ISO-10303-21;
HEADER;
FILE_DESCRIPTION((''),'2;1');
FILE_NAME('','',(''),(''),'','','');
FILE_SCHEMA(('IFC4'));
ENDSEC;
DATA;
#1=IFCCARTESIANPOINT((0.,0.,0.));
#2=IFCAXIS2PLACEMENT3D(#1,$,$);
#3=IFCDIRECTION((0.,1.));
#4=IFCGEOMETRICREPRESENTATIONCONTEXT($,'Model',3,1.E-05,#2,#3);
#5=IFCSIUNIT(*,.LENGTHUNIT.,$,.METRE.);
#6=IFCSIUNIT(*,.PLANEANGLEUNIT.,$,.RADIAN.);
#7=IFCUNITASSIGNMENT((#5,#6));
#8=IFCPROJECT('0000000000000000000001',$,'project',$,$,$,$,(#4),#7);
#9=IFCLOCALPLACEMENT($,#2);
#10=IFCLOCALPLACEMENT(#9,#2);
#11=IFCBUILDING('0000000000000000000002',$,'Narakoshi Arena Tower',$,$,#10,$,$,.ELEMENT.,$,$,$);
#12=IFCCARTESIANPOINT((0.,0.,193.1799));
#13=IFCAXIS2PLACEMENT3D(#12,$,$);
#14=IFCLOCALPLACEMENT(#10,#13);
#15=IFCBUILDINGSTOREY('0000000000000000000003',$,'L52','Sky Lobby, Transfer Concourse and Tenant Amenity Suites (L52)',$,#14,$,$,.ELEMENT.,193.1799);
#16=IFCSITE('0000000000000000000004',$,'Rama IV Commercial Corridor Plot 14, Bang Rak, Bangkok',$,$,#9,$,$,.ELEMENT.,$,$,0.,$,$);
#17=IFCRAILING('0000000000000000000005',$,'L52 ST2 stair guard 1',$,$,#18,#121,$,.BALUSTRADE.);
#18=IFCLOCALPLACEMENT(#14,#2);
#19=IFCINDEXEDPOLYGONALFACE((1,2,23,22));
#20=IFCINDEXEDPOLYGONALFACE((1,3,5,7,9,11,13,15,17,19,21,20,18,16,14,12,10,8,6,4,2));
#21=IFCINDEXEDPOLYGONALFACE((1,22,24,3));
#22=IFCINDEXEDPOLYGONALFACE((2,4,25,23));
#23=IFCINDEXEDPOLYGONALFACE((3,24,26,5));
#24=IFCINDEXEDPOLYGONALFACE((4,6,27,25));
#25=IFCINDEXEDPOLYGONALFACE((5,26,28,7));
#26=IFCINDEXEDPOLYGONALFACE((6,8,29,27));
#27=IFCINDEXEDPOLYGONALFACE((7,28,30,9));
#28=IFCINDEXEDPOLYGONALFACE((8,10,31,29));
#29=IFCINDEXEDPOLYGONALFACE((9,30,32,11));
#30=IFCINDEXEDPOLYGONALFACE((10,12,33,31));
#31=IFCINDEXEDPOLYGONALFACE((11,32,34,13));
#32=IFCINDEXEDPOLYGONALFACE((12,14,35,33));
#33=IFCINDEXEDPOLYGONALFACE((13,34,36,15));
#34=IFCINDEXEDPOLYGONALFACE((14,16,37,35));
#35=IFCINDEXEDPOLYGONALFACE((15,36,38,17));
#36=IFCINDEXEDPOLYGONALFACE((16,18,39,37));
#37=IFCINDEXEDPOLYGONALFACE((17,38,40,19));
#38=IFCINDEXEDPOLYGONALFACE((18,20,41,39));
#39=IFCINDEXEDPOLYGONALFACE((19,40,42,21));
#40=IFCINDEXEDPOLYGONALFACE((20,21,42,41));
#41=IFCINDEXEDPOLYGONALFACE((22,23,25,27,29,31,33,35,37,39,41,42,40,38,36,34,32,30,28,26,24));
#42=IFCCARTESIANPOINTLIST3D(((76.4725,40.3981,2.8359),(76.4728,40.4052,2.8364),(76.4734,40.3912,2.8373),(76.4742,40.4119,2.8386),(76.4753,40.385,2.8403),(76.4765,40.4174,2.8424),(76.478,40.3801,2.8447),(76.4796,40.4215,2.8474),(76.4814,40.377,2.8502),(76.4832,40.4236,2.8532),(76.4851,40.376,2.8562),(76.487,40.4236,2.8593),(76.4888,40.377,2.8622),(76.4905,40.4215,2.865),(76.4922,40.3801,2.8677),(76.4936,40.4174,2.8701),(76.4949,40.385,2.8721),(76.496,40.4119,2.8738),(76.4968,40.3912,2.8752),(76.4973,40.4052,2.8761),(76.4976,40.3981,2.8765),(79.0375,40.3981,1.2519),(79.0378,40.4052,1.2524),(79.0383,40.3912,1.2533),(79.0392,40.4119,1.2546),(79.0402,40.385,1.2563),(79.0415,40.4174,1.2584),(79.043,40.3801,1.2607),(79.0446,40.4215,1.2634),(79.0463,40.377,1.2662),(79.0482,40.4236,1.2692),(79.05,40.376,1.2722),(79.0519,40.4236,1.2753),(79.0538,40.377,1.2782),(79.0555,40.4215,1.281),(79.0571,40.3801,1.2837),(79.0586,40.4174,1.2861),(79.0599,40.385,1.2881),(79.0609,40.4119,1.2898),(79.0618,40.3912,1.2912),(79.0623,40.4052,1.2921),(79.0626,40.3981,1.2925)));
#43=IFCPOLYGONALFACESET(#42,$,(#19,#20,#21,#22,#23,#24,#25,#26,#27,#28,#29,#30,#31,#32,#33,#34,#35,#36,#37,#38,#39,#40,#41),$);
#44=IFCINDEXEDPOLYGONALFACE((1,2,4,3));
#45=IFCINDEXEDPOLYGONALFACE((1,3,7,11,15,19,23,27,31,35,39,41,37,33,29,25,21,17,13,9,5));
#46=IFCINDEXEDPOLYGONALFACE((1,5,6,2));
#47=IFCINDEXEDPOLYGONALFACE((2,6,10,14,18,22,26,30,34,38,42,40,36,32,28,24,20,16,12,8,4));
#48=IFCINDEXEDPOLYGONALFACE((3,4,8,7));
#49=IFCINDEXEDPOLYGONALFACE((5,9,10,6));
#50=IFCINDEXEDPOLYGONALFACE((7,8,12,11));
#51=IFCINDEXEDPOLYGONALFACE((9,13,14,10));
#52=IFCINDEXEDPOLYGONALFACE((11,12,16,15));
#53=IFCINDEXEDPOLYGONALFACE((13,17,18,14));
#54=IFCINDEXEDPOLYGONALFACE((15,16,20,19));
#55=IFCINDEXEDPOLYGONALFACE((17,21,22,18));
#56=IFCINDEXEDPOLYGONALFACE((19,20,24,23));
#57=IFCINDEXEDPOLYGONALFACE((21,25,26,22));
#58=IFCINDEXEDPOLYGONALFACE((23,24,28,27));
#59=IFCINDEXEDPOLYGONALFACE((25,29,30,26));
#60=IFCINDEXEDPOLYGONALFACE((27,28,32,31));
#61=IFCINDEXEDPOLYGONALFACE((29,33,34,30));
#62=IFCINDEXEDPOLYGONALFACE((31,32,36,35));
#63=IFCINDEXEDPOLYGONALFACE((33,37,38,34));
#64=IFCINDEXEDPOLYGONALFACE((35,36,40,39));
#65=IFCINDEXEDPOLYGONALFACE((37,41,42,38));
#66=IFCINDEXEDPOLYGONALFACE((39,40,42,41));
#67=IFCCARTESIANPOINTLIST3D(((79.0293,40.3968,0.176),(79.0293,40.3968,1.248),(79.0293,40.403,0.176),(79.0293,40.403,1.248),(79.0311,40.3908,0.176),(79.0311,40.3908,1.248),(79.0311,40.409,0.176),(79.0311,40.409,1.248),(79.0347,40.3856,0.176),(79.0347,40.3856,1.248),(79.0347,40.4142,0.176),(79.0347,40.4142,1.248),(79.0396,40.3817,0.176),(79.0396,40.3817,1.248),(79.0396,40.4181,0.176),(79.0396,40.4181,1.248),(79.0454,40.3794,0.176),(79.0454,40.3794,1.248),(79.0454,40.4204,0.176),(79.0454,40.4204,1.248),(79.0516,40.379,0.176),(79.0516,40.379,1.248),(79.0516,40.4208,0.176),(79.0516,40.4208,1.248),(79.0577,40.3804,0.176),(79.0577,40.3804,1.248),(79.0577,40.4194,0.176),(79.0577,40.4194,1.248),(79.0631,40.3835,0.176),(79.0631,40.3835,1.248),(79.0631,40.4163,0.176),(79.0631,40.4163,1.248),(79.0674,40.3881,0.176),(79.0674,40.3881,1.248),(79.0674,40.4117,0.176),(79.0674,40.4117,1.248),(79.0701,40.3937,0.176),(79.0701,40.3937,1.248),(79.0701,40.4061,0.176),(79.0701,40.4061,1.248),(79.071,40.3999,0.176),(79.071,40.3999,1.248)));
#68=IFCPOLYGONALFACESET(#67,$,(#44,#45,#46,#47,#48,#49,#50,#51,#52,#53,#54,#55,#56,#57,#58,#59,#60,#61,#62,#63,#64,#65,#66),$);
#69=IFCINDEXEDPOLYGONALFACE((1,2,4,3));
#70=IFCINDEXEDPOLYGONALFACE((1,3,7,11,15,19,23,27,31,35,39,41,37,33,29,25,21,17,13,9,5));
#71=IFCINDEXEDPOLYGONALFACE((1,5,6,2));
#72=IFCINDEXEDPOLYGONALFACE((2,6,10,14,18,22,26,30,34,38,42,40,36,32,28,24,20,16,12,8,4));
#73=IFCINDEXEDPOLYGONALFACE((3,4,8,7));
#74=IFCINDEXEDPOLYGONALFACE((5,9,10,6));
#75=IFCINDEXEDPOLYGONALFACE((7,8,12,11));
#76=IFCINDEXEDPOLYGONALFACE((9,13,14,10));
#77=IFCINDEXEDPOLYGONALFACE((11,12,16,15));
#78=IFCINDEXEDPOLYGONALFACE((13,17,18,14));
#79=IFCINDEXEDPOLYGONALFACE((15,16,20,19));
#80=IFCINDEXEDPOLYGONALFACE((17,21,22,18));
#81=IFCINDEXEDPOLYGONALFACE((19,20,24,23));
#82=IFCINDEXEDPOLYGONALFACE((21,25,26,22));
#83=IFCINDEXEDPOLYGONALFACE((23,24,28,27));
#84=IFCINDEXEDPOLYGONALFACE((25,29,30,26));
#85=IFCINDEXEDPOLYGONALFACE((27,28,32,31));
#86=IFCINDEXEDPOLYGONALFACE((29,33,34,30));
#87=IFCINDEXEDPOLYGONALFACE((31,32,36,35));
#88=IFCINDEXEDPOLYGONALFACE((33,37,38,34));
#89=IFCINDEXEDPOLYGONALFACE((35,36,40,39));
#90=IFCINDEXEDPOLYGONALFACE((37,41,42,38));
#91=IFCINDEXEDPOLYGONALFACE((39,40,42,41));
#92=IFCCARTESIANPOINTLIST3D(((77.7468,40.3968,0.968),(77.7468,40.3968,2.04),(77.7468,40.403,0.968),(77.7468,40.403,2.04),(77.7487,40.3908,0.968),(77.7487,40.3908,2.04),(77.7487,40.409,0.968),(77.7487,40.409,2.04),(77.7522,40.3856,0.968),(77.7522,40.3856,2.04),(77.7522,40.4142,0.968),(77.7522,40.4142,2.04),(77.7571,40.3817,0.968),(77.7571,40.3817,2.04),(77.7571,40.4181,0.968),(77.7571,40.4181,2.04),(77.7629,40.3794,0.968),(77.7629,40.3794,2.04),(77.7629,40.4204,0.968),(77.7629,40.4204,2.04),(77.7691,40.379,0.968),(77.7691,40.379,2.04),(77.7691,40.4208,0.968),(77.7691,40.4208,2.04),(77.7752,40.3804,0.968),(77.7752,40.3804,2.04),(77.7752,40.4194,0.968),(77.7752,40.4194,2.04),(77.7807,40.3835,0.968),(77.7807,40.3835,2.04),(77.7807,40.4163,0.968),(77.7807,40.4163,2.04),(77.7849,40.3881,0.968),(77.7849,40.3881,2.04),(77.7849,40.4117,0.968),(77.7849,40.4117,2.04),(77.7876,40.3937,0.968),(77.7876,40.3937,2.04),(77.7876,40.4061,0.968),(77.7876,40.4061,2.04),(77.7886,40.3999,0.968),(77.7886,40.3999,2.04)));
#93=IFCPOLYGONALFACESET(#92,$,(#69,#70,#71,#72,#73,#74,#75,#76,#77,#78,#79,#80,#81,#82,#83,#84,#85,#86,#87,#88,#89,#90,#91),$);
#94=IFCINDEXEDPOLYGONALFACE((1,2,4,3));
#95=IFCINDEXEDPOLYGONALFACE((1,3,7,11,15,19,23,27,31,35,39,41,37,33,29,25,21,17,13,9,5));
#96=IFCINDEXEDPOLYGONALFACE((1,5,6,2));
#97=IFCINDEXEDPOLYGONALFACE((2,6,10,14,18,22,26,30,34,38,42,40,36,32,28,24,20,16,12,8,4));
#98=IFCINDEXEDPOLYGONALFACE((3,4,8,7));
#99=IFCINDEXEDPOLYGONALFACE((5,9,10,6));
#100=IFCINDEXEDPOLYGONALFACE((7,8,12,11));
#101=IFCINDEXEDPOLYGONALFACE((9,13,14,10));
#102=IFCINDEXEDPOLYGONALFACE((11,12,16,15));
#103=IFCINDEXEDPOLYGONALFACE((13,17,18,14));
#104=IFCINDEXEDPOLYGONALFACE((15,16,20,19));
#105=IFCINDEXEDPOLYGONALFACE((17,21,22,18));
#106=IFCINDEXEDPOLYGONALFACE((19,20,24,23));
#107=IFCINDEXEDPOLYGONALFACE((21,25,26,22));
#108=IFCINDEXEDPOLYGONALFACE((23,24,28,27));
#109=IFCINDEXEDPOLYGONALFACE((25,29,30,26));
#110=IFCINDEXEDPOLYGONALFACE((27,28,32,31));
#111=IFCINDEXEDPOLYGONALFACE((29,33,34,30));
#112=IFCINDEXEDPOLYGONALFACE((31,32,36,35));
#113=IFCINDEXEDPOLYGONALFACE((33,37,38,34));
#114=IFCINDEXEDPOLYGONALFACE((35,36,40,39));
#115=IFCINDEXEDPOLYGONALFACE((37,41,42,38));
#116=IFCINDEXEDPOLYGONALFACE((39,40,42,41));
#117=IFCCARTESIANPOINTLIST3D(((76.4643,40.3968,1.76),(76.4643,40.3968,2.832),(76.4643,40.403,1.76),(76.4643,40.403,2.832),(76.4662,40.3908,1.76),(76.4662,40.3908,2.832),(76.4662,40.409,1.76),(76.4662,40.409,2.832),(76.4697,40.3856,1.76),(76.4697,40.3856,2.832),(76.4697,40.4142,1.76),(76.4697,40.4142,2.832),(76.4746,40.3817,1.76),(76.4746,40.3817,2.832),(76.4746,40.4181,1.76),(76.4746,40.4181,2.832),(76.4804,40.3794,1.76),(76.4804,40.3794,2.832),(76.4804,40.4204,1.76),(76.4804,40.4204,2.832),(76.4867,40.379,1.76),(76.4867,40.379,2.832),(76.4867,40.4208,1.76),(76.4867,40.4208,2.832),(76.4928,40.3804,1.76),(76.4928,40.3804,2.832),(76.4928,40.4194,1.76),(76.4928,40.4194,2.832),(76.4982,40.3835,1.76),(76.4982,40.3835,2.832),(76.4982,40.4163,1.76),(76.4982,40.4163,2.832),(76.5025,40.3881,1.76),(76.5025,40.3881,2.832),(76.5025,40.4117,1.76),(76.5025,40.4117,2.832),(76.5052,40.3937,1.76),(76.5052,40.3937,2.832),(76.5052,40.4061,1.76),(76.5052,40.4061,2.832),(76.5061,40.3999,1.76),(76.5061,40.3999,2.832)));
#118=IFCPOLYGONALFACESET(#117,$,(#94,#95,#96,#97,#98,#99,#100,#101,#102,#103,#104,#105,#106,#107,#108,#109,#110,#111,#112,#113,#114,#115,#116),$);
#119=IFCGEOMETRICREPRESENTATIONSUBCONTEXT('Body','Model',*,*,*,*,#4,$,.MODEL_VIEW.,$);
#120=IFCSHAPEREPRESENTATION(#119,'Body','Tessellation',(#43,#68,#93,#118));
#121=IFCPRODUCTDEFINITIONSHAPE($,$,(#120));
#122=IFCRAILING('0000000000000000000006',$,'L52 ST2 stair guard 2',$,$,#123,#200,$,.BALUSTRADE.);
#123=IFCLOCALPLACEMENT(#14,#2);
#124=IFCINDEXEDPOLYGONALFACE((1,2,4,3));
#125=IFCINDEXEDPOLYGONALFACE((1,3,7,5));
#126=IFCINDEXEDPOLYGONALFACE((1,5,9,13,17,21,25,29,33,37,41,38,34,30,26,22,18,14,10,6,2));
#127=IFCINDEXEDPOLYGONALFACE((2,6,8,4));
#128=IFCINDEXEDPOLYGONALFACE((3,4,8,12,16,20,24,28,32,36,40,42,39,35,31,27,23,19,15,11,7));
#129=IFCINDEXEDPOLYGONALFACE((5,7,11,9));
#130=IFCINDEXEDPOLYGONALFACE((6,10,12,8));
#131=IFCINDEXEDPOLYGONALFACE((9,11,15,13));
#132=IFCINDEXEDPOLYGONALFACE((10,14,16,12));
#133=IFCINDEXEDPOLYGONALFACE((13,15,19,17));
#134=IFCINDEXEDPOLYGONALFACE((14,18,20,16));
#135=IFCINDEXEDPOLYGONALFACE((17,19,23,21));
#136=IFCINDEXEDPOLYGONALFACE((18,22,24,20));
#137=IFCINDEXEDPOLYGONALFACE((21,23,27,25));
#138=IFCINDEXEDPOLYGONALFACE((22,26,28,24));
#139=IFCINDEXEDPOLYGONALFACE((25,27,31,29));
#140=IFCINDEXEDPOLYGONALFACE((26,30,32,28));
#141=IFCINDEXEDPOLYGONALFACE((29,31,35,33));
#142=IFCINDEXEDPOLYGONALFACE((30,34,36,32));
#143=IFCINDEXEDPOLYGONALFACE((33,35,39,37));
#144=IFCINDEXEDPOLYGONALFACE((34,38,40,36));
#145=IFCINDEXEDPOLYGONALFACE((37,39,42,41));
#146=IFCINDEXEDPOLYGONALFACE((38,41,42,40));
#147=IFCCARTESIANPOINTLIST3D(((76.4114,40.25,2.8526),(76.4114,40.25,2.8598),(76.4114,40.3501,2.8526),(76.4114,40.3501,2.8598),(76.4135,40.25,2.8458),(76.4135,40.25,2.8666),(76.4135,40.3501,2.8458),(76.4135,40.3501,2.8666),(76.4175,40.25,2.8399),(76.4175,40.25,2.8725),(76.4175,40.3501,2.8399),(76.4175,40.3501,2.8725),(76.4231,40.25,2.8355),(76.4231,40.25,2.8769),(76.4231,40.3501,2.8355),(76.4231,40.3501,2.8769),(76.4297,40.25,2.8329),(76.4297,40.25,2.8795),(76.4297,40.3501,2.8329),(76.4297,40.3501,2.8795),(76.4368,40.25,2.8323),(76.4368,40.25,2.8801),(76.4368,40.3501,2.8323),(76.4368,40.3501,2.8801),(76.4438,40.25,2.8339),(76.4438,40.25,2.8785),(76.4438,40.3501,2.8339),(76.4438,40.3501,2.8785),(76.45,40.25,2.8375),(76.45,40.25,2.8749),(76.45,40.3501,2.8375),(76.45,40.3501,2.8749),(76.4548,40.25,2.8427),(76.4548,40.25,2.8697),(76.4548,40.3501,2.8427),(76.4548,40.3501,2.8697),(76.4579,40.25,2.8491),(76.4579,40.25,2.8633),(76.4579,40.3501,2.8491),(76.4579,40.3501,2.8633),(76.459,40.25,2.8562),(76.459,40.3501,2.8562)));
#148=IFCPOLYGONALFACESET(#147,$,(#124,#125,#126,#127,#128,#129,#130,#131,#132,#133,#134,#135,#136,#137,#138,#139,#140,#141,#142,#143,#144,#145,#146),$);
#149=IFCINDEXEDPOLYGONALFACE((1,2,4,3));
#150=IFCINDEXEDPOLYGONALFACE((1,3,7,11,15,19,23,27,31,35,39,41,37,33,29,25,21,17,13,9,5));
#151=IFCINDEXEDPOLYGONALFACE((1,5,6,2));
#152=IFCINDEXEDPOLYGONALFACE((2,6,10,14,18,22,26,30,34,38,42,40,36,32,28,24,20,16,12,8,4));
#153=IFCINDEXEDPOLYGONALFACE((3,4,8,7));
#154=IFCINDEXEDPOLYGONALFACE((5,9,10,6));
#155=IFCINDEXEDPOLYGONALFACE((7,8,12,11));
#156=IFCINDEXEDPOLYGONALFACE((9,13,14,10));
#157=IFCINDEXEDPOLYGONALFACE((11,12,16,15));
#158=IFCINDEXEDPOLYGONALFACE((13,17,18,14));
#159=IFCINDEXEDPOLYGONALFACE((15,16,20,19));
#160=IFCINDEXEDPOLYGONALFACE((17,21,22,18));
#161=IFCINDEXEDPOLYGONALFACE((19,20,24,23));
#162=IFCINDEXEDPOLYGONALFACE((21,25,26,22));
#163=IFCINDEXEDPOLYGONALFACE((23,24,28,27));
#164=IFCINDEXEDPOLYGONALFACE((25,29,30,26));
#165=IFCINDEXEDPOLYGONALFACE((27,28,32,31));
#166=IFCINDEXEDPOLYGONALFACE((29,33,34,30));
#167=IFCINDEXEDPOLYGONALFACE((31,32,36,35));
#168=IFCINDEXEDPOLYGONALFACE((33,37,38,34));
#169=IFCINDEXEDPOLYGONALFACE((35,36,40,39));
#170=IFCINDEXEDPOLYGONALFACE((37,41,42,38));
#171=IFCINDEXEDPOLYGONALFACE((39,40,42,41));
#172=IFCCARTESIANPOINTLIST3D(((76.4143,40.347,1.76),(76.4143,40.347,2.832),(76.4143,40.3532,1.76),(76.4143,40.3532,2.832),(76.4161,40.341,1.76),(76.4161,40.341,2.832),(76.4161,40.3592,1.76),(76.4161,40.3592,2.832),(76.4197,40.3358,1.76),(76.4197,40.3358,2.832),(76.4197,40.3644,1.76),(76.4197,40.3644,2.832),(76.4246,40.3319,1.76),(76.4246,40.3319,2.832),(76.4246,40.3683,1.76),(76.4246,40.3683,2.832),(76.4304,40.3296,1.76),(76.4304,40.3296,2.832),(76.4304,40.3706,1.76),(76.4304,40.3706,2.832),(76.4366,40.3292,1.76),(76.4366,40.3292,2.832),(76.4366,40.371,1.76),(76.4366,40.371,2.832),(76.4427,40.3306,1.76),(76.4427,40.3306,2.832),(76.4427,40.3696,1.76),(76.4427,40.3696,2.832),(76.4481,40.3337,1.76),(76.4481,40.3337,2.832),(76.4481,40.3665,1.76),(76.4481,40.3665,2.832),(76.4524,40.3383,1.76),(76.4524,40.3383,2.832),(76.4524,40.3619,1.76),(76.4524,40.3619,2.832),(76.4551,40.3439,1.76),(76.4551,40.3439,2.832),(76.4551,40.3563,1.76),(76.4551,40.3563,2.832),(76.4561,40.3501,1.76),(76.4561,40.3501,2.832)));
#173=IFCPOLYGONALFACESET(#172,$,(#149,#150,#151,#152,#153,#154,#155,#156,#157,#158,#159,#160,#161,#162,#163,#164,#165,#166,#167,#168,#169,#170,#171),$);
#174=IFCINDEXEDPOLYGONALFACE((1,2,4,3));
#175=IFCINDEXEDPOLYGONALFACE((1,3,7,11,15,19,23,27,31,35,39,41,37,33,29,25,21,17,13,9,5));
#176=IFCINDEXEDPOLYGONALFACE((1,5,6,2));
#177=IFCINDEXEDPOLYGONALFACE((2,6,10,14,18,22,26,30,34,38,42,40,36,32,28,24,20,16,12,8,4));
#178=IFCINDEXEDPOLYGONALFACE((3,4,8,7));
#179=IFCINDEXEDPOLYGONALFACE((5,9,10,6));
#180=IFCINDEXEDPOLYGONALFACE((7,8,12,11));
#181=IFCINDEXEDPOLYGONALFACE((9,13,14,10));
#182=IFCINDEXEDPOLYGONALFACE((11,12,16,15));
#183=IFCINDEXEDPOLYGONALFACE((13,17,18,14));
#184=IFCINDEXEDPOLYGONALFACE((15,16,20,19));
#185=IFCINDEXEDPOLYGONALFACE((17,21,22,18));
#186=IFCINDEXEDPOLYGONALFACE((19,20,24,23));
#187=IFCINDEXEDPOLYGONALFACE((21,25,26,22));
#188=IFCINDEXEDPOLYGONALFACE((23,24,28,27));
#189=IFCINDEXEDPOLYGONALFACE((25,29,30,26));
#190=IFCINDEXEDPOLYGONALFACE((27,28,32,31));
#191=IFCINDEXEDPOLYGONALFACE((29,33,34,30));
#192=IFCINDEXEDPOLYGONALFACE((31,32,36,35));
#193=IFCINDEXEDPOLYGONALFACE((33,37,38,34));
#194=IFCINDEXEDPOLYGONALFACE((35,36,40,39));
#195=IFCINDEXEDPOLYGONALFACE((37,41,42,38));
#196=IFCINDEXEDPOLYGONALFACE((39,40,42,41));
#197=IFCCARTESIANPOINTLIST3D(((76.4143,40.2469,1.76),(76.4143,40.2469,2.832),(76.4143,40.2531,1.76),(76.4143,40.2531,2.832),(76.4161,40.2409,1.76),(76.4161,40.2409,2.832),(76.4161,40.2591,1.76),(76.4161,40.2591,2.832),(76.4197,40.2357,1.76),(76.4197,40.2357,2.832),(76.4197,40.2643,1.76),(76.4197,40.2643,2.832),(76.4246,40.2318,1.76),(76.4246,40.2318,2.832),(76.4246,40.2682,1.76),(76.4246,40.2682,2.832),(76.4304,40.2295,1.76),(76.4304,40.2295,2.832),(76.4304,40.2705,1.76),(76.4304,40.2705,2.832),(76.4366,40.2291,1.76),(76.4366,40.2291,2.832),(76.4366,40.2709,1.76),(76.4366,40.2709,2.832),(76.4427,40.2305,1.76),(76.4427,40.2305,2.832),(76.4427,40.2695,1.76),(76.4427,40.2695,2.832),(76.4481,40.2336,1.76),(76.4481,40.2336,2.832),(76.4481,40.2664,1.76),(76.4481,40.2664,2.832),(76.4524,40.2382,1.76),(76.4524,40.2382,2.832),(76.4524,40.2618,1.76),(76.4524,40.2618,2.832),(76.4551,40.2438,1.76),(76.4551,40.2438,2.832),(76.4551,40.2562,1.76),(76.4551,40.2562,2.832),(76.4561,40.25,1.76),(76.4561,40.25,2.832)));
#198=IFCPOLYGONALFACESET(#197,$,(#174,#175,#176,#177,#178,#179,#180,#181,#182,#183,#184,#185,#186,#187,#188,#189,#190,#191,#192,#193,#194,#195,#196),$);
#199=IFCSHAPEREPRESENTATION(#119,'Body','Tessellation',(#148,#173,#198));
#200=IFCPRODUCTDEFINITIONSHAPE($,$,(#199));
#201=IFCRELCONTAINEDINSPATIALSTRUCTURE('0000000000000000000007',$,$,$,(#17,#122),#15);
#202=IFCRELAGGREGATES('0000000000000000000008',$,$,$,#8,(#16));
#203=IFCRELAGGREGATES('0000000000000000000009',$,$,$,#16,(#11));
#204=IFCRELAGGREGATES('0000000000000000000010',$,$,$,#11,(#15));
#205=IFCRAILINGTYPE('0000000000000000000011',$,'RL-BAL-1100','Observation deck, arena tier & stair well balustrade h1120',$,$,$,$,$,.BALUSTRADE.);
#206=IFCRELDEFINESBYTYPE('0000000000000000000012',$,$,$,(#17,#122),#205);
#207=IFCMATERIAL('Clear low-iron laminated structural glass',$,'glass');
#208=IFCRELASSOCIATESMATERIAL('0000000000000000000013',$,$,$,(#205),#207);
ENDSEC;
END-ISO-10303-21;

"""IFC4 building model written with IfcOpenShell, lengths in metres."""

from ifc_helpers import new_model, si_unit, direction, frame, origin, origin_2d, place, context, subcontext, project, spatial, circle, extrude, material, type_object, element, save


model = new_model("IFC4")

# Units and contexts
model_context = context("Model", 3, precision=1e-05, world=origin(), true_north=direction((0.0, 1.0)))
body_context = subcontext(model_context, "Body", "Model", "MODEL_VIEW")
ifc_project = project(units=[si_unit("LENGTHUNIT", "METRE"), si_unit("PLANEANGLEUNIT", "RADIAN")], contexts=[model_context])

# Site, building, storey
site_placement = place(None, origin())
site = spatial("IfcSite", under=ifc_project, at=site_placement, Name="Rama IV Commercial Corridor Plot 14, Bang Rak, Bangkok", CompositionType="ELEMENT", RefElevation=0.0)
building_placement = place(site_placement, origin())
building = spatial("IfcBuilding", under=site, at=building_placement, Name="Narakoshi Arena Tower", CompositionType="ELEMENT")
storey_placement = place(building_placement, frame((0.0, 0.0, 193.1799)))
storey = spatial("IfcBuildingStorey", under=building, at=storey_placement, Name="L52", Description="Sky Lobby, Transfer Concourse and Tenant Amenity Suites (L52)", CompositionType="ELEMENT", Elevation=193.1799)

# Railings
ifc_material_1 = material(Name="Clear low-iron laminated structural glass", Category="glass")
railing_type_1 = type_object("IfcRailingType", Name="RL-BAL-1100", Description="Observation deck, arena tier & stair well balustrade h1120", PredefinedType="BALUSTRADE", material=ifc_material_1)
railing_1_placement = place(storey_placement, frame((79.05, 40.3999, 0.176)))
element("IfcRailing", 1, at=railing_1_placement, inside=storey, type_object=railing_type_1, Name="L52 ST2 stair guard 1", PredefinedType="BALUSTRADE", context=body_context, shape_type="SweptSolid", body=[
    extrude(circle(Radius=0.0239, at=origin_2d()), frame((0.0, 0.0, 1.0962), z_axis=(-0.850834, 0.0, 0.525434), x_axis=(0.0, -1.0, 0.0)), (0.0, 0.0, 1.0), 3.0146),
    extrude(circle(Radius=0.021, at=origin_2d()), origin(), (0.0, 0.0, 1.0), 1.072),
    extrude(circle(Radius=0.021, at=origin_2d()), frame((-1.2825, 0.0, 0.792)), (0.0, 0.0, 1.0), 1.072),
    extrude(circle(Radius=0.021, at=origin_2d()), frame((-2.5649, 0.0, 1.584)), (0.0, 0.0, 1.0), 1.072),
])
railing_2_placement = place(storey_placement, frame((76.4351, 40.3501, 1.76)))
element("IfcRailing", 2, at=railing_2_placement, inside=storey, type_object=railing_type_1, Name="L52 ST2 stair guard 2", PredefinedType="BALUSTRADE", context=body_context, shape_type="SweptSolid", body=[
    extrude(circle(Radius=0.0239, at=origin_2d()), frame((0.0, 0.0, 1.0962), z_axis=(0.0, -1.0, 0.0), x_axis=(1.0, 0.0, 0.0)), (0.0, 0.0, 1.0), 0.1001),
    extrude(circle(Radius=0.021, at=origin_2d()), origin(), (0.0, 0.0, 1.0), 1.072),
    extrude(circle(Radius=0.021, at=origin_2d()), frame((0.0, -0.1001, 0.0)), (0.0, 0.0, 1.0), 1.072),
])

save(model, "model.ifc")
